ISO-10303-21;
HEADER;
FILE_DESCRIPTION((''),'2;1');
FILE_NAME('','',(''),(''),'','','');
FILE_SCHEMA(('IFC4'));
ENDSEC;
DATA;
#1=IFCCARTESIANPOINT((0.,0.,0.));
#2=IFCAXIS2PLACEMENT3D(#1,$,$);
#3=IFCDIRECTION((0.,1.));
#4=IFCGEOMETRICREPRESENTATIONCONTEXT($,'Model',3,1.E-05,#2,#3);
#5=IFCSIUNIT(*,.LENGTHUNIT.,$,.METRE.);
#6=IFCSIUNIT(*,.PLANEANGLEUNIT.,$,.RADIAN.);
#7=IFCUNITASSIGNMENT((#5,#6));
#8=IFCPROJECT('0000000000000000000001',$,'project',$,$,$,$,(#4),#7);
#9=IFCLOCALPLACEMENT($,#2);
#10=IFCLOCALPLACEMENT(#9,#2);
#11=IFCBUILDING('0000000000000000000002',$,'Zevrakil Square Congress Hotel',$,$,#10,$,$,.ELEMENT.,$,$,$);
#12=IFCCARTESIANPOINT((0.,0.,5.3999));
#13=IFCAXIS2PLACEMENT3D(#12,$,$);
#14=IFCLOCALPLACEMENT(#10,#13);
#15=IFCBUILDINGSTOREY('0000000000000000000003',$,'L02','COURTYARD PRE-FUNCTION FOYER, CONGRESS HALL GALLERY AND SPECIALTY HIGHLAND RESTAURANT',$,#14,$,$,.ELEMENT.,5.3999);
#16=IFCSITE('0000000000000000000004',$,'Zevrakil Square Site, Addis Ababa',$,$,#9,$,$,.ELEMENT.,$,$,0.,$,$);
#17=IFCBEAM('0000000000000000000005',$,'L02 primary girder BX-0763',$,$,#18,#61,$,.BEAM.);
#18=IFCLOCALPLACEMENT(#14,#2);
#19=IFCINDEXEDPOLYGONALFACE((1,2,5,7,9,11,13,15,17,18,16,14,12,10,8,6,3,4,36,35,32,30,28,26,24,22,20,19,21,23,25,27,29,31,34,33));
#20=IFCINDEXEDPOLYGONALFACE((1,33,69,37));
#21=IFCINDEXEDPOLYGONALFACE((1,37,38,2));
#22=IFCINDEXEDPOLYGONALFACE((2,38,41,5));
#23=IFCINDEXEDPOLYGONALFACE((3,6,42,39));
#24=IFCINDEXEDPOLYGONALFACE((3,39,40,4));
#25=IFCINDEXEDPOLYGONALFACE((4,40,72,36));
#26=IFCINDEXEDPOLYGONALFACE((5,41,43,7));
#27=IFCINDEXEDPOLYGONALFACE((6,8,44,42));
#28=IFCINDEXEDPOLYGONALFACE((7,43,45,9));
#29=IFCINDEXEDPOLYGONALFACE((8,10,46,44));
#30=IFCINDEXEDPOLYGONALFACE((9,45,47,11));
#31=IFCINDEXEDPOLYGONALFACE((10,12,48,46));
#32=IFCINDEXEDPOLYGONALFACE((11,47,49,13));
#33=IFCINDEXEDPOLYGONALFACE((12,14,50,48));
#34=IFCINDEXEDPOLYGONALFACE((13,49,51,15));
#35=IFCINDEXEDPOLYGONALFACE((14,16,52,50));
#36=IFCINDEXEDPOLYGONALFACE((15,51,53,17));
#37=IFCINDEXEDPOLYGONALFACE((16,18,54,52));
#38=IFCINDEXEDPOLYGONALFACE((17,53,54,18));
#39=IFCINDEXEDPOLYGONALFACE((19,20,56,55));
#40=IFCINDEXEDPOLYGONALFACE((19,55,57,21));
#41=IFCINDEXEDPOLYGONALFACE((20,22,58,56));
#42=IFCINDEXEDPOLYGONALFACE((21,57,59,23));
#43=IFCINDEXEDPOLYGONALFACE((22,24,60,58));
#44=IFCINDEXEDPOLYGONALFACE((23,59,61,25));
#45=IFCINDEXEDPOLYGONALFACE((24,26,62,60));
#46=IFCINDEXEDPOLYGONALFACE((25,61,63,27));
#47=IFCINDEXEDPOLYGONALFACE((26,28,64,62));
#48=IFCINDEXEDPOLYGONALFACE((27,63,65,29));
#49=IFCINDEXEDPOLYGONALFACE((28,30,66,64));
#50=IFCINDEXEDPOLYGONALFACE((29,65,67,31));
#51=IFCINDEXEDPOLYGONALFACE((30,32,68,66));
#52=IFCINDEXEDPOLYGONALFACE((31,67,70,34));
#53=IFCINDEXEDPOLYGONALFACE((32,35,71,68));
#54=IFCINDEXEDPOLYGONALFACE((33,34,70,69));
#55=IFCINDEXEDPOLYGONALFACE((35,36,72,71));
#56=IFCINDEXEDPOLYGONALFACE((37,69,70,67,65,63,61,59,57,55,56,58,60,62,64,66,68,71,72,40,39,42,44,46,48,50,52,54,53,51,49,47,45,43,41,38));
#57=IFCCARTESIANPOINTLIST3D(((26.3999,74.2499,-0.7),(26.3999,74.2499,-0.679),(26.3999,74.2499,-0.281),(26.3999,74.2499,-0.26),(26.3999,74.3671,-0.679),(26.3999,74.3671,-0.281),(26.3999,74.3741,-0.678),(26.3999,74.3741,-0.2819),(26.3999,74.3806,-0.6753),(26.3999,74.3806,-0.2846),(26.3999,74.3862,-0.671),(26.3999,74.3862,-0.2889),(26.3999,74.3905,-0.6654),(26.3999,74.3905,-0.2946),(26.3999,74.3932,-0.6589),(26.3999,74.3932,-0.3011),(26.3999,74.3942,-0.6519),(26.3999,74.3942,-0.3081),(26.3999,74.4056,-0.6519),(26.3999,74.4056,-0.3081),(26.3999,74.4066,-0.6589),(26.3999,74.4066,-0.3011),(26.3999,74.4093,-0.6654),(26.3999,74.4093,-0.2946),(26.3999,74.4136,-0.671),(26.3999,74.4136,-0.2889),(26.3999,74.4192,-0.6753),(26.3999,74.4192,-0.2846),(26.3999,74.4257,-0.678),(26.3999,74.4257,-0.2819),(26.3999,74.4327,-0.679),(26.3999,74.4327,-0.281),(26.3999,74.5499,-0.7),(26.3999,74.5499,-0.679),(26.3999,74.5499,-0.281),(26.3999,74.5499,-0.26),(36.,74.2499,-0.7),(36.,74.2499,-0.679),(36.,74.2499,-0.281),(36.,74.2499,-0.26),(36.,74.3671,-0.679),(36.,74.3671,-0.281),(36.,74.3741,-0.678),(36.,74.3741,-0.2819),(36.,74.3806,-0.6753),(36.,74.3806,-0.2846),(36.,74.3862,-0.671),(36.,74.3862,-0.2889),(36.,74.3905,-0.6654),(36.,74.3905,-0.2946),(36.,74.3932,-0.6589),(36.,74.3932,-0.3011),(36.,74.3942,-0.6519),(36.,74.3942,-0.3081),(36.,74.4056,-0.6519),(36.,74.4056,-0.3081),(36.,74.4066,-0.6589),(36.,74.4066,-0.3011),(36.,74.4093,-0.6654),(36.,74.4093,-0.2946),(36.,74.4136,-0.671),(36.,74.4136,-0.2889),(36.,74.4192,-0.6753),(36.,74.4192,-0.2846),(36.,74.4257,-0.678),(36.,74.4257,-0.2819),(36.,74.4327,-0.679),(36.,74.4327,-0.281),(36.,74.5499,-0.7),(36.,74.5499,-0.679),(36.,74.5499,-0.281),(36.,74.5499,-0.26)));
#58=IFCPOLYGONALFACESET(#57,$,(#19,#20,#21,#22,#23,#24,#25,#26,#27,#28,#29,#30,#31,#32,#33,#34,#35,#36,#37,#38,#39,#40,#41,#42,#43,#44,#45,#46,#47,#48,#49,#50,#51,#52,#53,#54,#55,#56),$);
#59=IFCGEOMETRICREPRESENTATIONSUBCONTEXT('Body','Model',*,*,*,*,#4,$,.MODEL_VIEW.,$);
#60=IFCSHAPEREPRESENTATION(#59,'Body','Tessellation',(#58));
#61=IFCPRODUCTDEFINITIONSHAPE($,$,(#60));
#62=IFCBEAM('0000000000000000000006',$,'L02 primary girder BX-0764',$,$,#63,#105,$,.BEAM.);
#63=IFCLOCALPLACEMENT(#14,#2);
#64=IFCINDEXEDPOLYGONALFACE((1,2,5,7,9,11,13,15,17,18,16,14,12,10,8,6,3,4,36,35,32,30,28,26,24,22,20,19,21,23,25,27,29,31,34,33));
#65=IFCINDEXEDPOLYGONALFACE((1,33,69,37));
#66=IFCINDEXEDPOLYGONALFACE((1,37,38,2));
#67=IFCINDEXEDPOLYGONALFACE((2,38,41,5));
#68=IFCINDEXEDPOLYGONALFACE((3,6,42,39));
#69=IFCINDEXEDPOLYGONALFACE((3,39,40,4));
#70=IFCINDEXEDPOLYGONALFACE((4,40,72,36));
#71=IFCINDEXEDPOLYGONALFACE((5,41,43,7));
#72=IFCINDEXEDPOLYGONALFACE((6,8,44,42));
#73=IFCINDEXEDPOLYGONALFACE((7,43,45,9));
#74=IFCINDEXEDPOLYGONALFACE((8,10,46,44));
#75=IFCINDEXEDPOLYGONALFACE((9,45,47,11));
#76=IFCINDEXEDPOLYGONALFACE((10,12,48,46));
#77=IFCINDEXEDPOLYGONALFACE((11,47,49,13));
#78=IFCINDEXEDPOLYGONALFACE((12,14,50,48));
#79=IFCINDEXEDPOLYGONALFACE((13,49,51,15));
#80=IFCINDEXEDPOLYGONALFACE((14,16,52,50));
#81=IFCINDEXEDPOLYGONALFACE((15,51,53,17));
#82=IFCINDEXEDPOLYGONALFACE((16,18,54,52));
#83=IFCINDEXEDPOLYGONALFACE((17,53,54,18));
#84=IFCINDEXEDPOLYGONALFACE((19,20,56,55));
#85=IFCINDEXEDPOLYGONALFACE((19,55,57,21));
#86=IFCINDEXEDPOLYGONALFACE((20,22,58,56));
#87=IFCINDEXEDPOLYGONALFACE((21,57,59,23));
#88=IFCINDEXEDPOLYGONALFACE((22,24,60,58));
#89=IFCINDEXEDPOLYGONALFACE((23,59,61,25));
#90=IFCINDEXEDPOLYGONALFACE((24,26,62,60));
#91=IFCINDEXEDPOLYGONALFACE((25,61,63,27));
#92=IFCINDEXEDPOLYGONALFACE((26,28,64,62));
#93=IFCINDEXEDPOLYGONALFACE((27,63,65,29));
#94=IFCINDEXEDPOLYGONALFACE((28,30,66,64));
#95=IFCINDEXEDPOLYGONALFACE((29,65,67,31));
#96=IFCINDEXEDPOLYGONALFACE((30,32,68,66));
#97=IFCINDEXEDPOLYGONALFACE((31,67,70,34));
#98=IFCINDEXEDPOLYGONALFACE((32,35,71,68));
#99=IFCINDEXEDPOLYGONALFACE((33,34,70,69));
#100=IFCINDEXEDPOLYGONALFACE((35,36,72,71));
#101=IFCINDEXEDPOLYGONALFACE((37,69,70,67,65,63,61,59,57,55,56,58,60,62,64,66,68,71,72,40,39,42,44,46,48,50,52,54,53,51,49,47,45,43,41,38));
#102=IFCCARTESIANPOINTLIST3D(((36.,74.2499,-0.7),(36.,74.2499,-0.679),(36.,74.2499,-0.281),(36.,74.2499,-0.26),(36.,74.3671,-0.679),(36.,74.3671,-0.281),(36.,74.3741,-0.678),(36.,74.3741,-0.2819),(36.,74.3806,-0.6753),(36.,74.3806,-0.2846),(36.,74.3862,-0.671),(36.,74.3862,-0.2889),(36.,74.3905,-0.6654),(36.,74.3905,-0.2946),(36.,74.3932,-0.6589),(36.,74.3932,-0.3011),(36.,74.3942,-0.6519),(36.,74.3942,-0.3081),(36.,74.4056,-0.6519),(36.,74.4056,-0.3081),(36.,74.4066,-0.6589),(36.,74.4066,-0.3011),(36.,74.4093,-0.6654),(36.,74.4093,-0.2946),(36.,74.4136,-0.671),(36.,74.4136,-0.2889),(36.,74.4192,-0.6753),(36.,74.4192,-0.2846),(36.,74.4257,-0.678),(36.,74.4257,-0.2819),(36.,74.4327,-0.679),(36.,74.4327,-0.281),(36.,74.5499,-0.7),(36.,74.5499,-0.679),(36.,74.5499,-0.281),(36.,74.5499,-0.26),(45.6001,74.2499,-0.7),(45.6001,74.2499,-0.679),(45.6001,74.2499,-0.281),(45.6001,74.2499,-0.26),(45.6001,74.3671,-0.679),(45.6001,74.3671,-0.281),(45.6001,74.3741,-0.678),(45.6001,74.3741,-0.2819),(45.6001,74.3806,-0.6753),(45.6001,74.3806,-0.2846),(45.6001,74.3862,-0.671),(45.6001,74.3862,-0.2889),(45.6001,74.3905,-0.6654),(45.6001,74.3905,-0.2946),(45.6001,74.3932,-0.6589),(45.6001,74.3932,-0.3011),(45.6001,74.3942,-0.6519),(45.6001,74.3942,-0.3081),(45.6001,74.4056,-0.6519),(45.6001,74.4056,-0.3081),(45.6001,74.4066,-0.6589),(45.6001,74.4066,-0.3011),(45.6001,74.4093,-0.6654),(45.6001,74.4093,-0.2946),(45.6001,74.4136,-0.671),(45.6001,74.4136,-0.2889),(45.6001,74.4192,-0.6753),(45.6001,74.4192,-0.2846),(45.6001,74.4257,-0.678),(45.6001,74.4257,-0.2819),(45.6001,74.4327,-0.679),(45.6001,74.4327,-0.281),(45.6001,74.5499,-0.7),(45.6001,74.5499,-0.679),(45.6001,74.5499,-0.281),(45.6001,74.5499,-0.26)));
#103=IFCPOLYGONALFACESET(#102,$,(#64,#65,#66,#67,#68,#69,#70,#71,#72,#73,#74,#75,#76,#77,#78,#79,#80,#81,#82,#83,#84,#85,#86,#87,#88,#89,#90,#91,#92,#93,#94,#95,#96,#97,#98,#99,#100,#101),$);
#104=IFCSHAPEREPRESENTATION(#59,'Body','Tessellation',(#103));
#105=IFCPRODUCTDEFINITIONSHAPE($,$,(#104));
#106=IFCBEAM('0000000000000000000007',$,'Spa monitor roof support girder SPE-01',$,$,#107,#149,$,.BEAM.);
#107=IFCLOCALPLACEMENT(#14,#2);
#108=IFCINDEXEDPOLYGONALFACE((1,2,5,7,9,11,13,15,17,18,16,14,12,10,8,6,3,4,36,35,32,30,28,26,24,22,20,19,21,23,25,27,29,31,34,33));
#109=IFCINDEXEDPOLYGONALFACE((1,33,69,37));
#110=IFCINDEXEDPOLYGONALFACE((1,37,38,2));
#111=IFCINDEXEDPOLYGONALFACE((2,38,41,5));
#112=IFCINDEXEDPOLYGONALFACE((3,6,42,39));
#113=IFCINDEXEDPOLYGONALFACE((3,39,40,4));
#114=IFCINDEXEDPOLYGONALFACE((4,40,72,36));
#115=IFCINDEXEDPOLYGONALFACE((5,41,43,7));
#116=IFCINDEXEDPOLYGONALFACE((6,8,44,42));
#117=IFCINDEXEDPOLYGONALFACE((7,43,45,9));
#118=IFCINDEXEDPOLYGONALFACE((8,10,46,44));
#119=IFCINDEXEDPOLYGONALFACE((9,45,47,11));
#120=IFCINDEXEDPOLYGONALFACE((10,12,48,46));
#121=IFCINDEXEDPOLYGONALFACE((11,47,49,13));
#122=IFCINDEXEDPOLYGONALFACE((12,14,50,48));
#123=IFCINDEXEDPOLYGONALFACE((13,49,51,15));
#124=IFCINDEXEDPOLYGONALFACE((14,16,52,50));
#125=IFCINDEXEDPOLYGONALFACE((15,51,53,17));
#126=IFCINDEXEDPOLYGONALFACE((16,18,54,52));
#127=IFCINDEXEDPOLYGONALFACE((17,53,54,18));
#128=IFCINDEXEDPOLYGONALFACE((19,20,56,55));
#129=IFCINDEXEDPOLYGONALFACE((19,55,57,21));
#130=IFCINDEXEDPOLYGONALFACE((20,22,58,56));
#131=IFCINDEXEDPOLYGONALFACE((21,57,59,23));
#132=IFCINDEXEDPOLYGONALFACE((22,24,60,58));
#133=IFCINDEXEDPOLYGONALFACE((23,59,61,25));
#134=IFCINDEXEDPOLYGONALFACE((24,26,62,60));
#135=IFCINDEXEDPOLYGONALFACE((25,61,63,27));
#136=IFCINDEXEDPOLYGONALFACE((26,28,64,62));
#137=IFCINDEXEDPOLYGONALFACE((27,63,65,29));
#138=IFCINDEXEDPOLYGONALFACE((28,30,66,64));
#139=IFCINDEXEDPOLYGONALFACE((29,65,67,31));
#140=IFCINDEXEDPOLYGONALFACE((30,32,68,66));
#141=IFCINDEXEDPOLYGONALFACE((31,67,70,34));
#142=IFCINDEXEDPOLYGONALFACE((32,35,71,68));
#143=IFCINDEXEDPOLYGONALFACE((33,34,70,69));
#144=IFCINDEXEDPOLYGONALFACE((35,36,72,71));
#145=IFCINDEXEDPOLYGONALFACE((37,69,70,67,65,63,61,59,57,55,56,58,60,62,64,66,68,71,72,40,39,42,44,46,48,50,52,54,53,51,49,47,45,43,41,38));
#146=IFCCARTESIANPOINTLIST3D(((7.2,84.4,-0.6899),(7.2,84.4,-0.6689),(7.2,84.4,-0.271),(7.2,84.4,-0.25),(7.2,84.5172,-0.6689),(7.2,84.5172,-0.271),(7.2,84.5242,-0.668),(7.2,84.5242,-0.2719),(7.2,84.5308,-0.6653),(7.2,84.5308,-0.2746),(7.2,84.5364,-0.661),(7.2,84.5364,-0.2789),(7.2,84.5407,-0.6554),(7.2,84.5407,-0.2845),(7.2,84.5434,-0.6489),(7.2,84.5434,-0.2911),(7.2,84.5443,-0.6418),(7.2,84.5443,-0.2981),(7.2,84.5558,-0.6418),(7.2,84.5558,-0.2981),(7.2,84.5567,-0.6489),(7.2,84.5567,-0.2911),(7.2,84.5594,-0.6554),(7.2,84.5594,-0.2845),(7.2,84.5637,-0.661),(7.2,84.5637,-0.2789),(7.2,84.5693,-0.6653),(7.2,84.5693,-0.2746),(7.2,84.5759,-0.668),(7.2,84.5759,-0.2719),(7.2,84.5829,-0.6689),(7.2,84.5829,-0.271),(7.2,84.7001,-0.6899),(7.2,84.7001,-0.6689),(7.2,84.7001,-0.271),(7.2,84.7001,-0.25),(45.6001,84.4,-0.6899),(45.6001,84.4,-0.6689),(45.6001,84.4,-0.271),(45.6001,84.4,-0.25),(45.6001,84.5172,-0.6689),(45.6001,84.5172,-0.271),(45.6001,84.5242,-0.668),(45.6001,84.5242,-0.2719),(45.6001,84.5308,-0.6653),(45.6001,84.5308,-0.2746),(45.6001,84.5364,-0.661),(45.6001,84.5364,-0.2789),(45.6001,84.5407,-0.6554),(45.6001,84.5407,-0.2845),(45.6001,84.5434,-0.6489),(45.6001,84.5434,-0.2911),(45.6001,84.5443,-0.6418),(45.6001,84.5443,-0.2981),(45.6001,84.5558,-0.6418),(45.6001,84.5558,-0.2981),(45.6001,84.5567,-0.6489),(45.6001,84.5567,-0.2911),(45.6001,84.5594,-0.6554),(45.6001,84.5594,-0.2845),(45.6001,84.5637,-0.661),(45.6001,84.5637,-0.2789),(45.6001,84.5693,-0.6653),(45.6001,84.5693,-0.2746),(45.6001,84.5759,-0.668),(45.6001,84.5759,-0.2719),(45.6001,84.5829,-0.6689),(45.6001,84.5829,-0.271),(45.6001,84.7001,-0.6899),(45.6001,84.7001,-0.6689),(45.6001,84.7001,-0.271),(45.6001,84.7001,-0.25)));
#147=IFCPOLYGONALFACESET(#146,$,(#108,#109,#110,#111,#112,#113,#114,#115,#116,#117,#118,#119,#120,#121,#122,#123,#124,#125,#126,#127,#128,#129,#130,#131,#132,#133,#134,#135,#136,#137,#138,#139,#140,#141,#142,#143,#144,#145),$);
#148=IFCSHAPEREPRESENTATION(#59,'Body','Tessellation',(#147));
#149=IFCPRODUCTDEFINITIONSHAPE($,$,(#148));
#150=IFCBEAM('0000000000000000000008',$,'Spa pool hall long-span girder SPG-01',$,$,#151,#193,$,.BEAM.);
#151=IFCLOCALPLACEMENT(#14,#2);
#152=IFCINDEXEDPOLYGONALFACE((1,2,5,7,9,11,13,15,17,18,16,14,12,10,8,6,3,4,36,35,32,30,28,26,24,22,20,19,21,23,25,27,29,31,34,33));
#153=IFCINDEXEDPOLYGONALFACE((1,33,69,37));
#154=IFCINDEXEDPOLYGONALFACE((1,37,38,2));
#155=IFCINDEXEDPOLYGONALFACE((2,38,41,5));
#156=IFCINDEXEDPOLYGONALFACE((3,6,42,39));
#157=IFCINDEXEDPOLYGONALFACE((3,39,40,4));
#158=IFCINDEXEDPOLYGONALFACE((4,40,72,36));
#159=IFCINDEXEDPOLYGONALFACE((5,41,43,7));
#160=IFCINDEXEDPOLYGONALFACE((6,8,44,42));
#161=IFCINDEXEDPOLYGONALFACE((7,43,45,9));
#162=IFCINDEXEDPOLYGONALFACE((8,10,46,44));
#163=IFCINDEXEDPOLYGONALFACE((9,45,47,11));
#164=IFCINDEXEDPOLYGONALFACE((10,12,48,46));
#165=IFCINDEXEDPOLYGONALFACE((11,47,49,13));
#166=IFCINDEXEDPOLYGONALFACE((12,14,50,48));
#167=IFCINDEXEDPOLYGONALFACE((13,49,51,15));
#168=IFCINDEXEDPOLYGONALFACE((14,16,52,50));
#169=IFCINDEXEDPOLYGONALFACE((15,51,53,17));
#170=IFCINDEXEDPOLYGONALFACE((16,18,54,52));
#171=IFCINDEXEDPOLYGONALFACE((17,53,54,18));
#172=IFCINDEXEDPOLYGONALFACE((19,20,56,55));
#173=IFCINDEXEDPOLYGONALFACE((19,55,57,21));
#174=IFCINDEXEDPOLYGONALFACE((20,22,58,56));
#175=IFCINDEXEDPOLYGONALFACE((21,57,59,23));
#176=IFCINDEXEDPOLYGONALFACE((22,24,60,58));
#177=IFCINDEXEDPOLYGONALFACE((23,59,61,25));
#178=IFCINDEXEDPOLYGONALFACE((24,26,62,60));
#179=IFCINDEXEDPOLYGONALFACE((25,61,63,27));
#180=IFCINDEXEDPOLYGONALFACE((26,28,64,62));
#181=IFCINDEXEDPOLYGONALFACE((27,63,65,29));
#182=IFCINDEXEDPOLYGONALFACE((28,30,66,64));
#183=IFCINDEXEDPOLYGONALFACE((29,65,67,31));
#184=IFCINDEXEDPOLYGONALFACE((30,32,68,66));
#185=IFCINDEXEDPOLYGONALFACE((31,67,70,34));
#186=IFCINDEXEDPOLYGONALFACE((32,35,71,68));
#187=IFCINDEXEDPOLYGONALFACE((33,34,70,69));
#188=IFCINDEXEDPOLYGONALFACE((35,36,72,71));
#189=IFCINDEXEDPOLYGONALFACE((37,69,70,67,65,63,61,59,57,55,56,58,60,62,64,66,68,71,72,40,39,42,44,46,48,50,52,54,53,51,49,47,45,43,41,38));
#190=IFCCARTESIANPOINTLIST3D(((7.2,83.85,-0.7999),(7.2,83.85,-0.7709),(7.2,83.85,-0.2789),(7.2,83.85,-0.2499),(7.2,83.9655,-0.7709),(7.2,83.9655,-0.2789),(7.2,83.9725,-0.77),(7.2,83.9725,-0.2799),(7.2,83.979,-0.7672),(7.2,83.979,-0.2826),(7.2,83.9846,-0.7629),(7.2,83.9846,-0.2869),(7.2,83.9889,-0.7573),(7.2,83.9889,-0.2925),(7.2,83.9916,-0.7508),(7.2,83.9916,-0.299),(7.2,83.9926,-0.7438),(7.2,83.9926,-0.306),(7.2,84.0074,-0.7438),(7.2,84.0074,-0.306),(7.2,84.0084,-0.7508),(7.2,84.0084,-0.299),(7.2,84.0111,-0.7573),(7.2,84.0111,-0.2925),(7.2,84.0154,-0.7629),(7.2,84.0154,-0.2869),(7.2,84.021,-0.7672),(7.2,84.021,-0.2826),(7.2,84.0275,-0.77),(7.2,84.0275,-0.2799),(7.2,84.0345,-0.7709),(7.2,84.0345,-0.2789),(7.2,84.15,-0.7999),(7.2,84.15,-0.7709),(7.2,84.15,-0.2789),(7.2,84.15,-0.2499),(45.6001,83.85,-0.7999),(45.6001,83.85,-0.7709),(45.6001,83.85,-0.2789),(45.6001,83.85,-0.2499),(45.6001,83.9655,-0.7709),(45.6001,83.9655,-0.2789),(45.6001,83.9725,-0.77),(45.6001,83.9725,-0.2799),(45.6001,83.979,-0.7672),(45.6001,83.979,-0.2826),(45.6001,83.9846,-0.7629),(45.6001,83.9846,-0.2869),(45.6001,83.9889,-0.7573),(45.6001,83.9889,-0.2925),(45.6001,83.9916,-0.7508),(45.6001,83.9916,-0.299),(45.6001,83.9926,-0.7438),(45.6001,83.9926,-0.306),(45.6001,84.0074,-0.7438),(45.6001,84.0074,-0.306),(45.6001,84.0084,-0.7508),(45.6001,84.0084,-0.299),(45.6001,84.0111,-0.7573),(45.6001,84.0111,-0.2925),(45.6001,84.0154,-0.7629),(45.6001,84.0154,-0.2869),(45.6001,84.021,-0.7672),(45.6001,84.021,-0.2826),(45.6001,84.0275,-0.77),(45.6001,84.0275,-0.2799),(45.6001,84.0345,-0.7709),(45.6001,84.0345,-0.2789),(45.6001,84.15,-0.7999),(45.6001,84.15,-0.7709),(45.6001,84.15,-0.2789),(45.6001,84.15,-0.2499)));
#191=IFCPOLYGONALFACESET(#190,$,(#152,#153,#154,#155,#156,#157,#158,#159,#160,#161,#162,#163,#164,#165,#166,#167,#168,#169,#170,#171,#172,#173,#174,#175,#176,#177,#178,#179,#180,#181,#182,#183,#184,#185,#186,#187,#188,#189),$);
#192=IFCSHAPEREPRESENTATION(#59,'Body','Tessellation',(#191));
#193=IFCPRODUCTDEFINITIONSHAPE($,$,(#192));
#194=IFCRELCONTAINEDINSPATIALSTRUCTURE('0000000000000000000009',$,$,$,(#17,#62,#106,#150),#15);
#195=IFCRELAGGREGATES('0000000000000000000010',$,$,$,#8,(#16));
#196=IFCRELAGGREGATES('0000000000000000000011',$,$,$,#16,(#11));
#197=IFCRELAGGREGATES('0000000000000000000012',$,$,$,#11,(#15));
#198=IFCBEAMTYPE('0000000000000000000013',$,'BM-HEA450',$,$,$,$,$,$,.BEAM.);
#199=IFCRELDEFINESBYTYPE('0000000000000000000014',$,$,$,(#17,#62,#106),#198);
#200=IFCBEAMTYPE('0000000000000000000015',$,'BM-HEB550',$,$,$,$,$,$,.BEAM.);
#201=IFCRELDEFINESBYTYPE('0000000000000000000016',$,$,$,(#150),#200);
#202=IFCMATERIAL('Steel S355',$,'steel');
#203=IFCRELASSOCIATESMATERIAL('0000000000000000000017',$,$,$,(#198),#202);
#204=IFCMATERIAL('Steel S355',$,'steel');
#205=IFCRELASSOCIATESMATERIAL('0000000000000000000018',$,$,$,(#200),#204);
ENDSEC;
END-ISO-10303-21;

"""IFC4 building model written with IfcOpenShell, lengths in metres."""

from ifc_helpers import new_model, si_unit, direction, frame, origin, origin_2d, place, context, subcontext, project, spatial, i_section, extrude, material, material_profile, profile_set, type_object, element, save


model = new_model("IFC4")

# Units and contexts
model_context = context("Model", 3, precision=1e-05, world=origin(), true_north=direction((0.0, 1.0)))
body_context = subcontext(model_context, "Body", "Model", "MODEL_VIEW")
ifc_project = project(units=[si_unit("LENGTHUNIT", "METRE"), si_unit("PLANEANGLEUNIT", "RADIAN")], contexts=[model_context])

# Site, building, storey
site_placement = place(None, origin())
site = spatial("IfcSite", under=ifc_project, at=site_placement, Name="Zevrakil Square Site, Addis Ababa", CompositionType="ELEMENT", RefElevation=0.0)
building_placement = place(site_placement, origin())
building = spatial("IfcBuilding", under=site, at=building_placement, Name="Zevrakil Square Congress Hotel", CompositionType="ELEMENT")
storey_placement = place(building_placement, frame((0.0, 0.0, 5.3999)))
storey = spatial("IfcBuildingStorey", under=building, at=storey_placement, Name="L02", Description="COURTYARD PRE-FUNCTION FOYER, CONGRESS HALL GALLERY AND SPECIALTY HIGHLAND RESTAURANT", CompositionType="ELEMENT", Elevation=5.3999)

# Beams
ifc_material_1 = material(Name="Steel S355", Category="steel")
ifc_material_profile_1 = material_profile(ifc_material_1, i_section(OverallWidth=0.3, OverallDepth=0.4399, WebThickness=0.0115, FlangeThickness=0.021, FilletRadius=0.0271, at=origin_2d()), Name="HEA 450")
ifc_profile_set_1 = profile_set([ifc_material_profile_1], Name="Steel S355")
beam_type_1 = type_object("IfcBeamType", Name="BM-HEA450", PredefinedType="BEAM", material=ifc_profile_set_1)
for number, where, z_axis, x_axis, name in (
    (1, (26.3999, 74.3999, -0.48), (1.0, 0.0, 0.0), (0.0, 1.0, 0.0), "L02 primary girder BX-0763"),
    (2, (36.0, 74.3999, -0.48), (1.0, 0.0, 0.0), (0.0, 1.0, 0.0), "L02 primary girder BX-0764"),
):
    element("IfcBeam", number, at=place(storey_placement, frame(where, z_axis=z_axis, x_axis=x_axis)), inside=storey, type_object=beam_type_1, Name=name, PredefinedType="BEAM", context=body_context, shape_type="SweptSolid", body=[
        extrude(i_section(OverallWidth=0.3, OverallDepth=0.4399, WebThickness=0.0115, FlangeThickness=0.021, FilletRadius=0.0271, at=origin_2d()), origin(), (0.0, 0.0, 1.0), 9.6001),
    ])
beam_1_placement = place(storey_placement, frame((7.2, 84.55, -0.47), z_axis=(1.0, 0.0, 0.0), x_axis=(0.0, 1.0, 0.0)))
element("IfcBeam", 3, at=beam_1_placement, inside=storey, type_object=beam_type_1, Name="Spa monitor roof support girder SPE-01", PredefinedType="BEAM", context=body_context, shape_type="SweptSolid", body=[
    extrude(i_section(OverallWidth=0.3, OverallDepth=0.4399, WebThickness=0.0115, FlangeThickness=0.021, FilletRadius=0.0271, at=origin_2d()), origin(), (0.0, 0.0, 1.0), 38.4001),
])
ifc_material_2 = material(Name="Steel S355", Category="steel")
ifc_material_profile_2 = material_profile(ifc_material_2, i_section(OverallWidth=0.3, OverallDepth=0.55, WebThickness=0.0149, FlangeThickness=0.0291, FilletRadius=0.0271, at=origin_2d()), Name="HEB 550")
ifc_profile_set_2 = profile_set([ifc_material_profile_2], Name="Steel S355")
beam_type_2 = type_object("IfcBeamType", Name="BM-HEB550", PredefinedType="BEAM", material=ifc_profile_set_2)
beam_2_placement = place(storey_placement, frame((7.2, 84.0, -0.5249), z_axis=(1.0, 0.0, 0.0), x_axis=(0.0, 1.0, 0.0)))
element("IfcBeam", 4, at=beam_2_placement, inside=storey, type_object=beam_type_2, Name="Spa pool hall long-span girder SPG-01", PredefinedType="BEAM", context=body_context, shape_type="SweptSolid", body=[
    extrude(i_section(OverallWidth=0.3, OverallDepth=0.55, WebThickness=0.0149, FlangeThickness=0.0291, FilletRadius=0.0271, at=origin_2d()), origin(), (0.0, 0.0, 1.0), 38.4001),
])

save(model, "model.ifc")
